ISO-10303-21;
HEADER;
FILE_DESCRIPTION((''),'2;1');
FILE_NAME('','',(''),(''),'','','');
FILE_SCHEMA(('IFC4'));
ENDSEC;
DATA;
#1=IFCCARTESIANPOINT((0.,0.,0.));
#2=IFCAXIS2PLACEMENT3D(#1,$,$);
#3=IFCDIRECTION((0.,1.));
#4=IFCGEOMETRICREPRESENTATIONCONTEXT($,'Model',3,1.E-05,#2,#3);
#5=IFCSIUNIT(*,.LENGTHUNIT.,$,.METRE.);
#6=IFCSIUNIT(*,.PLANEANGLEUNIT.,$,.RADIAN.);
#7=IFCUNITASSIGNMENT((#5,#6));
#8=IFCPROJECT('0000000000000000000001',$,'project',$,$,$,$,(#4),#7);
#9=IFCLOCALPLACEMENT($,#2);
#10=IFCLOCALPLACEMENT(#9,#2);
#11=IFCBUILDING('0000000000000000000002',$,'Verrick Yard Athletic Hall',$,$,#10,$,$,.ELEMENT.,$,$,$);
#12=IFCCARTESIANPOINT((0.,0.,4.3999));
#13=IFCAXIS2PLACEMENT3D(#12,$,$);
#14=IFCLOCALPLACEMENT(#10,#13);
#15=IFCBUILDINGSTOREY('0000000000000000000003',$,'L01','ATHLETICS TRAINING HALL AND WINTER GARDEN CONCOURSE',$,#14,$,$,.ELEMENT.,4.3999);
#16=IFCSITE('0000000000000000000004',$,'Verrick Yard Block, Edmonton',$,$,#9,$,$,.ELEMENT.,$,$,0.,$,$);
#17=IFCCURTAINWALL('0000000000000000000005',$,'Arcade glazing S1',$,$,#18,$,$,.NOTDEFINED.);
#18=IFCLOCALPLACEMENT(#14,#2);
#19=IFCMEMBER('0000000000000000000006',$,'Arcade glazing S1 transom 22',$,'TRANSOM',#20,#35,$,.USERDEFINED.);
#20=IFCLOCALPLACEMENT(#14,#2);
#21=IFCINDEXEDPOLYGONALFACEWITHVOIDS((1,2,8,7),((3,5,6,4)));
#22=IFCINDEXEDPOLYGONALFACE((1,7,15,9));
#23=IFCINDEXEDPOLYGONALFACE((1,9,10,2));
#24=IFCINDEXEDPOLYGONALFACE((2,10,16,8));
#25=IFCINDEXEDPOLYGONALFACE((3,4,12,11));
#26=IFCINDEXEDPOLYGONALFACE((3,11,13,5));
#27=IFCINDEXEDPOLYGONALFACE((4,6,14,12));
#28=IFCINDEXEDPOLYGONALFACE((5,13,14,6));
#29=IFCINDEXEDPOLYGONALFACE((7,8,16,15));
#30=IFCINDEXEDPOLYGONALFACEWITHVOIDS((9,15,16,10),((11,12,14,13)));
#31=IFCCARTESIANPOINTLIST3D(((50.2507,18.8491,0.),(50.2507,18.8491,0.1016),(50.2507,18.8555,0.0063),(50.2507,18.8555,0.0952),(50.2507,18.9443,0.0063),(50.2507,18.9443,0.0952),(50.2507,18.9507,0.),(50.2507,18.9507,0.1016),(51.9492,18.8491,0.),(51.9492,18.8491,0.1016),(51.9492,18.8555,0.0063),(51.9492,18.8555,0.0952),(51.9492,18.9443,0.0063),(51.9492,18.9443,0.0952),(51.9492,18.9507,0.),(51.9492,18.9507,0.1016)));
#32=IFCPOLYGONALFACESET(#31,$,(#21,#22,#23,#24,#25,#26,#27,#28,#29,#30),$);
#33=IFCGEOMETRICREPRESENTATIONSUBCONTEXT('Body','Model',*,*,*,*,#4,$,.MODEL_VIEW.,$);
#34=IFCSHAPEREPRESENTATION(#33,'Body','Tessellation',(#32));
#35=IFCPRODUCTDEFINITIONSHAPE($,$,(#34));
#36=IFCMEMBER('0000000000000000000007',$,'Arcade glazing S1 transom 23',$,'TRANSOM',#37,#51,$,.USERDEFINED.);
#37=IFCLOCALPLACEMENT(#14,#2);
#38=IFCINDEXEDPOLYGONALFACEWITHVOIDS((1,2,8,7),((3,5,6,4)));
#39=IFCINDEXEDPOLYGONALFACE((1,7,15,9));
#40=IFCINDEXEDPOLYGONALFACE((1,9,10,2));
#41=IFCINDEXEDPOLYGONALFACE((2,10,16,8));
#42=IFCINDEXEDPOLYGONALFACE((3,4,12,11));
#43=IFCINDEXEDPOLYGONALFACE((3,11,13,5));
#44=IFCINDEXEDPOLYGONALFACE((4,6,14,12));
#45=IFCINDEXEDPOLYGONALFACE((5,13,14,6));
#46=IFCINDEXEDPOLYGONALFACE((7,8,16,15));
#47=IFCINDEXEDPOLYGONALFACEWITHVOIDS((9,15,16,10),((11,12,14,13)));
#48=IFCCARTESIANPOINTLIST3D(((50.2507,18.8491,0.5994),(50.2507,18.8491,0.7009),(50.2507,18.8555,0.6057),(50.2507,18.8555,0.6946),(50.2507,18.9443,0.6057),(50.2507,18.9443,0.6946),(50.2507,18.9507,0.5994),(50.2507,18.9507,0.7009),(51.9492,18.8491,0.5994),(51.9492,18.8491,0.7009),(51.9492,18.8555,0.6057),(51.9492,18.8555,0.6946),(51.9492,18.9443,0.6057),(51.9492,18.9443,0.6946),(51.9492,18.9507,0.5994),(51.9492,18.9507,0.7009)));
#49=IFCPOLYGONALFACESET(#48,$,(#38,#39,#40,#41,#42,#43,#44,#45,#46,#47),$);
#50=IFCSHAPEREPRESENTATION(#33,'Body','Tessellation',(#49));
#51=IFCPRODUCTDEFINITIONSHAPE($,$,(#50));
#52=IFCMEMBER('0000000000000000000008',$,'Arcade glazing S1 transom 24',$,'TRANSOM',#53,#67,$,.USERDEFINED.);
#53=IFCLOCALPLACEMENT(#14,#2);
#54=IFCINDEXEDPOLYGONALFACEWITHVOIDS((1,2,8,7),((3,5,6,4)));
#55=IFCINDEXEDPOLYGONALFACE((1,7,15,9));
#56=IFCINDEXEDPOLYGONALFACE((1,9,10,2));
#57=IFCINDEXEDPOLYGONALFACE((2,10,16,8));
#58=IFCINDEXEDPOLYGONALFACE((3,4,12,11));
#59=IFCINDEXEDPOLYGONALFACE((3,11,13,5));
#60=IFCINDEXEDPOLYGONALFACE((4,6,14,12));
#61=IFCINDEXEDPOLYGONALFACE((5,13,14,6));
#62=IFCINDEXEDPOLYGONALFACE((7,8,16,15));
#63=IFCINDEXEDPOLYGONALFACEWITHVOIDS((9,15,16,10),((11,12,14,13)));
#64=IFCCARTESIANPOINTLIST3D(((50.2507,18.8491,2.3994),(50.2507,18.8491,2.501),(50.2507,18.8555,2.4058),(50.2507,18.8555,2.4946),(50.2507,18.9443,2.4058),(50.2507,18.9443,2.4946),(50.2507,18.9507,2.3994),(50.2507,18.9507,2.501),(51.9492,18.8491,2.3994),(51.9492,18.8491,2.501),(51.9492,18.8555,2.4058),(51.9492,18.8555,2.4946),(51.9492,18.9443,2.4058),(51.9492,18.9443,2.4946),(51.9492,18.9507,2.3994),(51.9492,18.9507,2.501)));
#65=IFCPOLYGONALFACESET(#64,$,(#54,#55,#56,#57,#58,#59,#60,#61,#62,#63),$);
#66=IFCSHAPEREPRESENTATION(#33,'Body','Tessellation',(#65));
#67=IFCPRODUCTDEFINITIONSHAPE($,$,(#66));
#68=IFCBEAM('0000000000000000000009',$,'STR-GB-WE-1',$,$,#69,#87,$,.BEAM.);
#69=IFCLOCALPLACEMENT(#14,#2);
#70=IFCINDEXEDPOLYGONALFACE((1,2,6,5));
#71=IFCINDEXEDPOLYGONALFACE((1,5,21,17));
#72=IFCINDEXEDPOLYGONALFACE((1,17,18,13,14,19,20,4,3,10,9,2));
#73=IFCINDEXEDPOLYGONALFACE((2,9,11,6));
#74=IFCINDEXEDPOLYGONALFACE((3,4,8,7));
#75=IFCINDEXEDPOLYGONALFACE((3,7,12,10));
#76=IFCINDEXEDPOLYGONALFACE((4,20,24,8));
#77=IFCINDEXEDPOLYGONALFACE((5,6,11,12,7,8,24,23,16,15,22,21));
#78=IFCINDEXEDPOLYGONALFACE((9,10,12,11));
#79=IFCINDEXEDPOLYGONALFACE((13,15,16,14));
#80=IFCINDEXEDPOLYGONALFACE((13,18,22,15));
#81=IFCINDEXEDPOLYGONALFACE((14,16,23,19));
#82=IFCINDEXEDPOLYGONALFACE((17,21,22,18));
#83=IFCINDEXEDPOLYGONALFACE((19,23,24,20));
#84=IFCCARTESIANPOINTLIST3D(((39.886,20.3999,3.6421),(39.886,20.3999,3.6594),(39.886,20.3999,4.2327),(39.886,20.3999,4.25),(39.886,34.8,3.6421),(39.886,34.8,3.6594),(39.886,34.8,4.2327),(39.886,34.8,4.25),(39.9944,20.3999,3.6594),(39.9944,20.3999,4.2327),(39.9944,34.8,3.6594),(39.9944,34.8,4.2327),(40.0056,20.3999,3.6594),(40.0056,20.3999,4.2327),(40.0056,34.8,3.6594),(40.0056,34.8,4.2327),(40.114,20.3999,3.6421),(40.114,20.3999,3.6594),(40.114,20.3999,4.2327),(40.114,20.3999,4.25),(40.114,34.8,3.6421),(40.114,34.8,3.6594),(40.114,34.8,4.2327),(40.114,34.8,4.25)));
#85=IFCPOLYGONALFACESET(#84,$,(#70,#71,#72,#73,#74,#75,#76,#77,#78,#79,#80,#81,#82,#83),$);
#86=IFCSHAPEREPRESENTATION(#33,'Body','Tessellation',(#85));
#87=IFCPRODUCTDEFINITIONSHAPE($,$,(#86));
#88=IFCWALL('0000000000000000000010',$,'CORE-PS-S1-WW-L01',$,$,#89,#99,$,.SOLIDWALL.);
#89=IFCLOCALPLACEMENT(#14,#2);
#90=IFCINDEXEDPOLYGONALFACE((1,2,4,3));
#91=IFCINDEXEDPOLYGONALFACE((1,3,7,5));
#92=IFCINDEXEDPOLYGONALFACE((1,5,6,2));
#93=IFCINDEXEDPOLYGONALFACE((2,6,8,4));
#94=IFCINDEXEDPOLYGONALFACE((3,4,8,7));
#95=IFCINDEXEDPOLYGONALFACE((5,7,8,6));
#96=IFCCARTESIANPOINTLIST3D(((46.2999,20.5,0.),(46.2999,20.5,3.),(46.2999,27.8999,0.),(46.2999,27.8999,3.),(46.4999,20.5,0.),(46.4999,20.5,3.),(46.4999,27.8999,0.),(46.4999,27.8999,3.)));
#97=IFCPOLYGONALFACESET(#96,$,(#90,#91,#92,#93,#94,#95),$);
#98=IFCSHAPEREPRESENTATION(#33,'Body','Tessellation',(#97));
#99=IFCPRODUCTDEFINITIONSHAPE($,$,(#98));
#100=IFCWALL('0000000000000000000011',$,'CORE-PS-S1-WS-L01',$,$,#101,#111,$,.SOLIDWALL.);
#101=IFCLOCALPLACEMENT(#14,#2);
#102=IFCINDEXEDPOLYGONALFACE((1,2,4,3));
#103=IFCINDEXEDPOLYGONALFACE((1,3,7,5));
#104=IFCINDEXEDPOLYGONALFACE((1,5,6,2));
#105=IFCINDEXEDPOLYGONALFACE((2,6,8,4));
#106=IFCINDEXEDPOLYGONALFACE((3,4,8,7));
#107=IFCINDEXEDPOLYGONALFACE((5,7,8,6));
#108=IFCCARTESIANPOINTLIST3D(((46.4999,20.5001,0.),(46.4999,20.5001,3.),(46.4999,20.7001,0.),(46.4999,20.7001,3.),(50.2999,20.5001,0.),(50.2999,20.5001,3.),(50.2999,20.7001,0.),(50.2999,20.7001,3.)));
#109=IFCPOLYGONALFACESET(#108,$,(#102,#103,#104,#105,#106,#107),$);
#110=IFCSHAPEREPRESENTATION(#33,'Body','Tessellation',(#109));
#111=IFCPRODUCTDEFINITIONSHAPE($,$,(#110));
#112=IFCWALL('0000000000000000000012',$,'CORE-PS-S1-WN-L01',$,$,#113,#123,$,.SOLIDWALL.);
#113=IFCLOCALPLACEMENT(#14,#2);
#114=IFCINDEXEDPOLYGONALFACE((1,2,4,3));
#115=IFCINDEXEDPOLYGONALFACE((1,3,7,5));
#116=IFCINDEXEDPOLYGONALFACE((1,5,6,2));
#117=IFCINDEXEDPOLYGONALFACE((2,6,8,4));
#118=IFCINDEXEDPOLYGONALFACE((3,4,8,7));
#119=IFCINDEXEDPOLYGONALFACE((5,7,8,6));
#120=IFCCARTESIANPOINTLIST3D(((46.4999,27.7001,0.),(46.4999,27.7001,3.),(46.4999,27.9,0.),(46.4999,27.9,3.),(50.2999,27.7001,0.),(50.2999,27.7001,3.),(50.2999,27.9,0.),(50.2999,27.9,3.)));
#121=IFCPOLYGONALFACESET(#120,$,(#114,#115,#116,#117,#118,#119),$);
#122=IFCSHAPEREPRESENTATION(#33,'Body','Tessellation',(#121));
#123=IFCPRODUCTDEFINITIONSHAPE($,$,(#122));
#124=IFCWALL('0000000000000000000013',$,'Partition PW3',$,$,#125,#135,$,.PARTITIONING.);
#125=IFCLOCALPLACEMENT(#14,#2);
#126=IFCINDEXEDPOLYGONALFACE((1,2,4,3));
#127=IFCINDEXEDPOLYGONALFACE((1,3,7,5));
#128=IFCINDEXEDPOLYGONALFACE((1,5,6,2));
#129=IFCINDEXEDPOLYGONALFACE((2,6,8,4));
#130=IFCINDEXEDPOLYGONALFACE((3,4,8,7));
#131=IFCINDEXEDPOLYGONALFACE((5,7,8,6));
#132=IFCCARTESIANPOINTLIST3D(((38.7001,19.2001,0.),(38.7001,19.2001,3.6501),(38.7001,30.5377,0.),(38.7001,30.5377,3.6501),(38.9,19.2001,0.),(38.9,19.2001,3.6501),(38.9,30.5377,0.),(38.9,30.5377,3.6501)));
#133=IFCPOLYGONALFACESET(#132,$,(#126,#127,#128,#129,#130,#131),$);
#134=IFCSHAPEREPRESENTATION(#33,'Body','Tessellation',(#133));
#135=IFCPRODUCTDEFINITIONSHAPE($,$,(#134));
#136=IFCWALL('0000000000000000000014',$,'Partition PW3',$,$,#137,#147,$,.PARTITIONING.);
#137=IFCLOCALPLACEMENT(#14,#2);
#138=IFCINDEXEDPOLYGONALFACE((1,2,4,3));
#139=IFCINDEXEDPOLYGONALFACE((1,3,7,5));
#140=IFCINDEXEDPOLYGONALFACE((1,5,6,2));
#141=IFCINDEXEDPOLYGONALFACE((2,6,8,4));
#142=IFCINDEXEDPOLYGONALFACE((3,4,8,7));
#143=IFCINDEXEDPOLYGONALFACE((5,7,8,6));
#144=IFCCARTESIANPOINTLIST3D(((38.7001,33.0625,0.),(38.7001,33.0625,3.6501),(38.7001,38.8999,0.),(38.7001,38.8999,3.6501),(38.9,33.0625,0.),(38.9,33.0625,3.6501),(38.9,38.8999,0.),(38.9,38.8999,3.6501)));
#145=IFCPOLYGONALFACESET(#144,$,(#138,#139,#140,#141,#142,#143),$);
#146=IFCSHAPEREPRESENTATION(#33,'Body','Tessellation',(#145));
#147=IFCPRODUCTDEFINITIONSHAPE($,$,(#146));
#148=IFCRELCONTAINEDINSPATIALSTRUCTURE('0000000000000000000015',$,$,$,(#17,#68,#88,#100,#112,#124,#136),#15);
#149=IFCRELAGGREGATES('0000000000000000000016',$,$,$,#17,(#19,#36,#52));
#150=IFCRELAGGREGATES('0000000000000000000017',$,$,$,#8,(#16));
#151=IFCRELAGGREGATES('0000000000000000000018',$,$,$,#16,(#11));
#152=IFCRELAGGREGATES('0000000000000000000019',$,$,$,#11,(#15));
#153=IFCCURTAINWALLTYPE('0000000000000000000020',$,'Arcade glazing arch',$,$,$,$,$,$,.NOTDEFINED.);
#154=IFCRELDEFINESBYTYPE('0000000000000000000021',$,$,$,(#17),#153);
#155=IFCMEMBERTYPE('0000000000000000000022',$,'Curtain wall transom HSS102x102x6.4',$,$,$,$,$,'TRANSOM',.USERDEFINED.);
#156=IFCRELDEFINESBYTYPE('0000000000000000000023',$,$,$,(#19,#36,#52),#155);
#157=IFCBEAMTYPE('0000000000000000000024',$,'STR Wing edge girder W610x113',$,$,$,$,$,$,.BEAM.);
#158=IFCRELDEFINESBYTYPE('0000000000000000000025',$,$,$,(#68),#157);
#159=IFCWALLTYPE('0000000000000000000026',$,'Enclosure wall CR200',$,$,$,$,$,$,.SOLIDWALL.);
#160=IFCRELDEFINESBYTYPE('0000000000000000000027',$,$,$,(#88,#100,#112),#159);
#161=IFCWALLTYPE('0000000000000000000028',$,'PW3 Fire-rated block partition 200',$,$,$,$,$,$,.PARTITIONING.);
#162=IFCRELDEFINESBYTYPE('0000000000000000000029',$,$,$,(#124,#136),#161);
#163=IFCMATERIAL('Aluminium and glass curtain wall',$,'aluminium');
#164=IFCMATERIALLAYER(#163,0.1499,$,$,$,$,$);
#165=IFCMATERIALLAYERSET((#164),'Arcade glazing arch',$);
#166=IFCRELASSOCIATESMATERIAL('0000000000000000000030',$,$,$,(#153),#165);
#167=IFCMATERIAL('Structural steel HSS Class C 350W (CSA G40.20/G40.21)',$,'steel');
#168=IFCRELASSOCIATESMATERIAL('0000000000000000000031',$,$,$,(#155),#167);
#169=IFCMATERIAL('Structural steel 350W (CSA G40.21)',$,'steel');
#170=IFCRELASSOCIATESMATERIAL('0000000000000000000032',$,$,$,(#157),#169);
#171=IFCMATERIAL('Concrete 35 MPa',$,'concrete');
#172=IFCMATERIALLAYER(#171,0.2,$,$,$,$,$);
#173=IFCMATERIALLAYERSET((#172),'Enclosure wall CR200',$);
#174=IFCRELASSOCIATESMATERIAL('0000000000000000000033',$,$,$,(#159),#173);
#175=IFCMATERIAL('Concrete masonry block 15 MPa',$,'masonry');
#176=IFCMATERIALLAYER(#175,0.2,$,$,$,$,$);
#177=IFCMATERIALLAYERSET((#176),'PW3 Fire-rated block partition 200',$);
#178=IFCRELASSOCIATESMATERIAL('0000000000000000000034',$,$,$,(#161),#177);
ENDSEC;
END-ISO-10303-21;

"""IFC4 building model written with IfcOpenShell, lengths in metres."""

from ifc_helpers import new_model, si_unit, direction, frame, frame_2d, origin, origin_2d, place, context, subcontext, project, spatial, rectangle, hollow_rectangle, i_section, extrude, material, layer, layer_set, material_profile, profile_set, type_object, element, aggregate, save


model = new_model("IFC4")

# Units and contexts
model_context = context("Model", 3, precision=1e-05, world=origin(), true_north=direction((0.0, 1.0)))
body_context = subcontext(model_context, "Body", "Model", "MODEL_VIEW")
ifc_project = project(units=[si_unit("LENGTHUNIT", "METRE"), si_unit("PLANEANGLEUNIT", "RADIAN")], contexts=[model_context])

# Site, building, storey
site_placement = place(None, origin())
site = spatial("IfcSite", under=ifc_project, at=site_placement, Name="Verrick Yard Block, Edmonton", CompositionType="ELEMENT", RefElevation=0.0)
building_placement = place(site_placement, origin())
building = spatial("IfcBuilding", under=site, at=building_placement, Name="Verrick Yard Athletic Hall", CompositionType="ELEMENT")
storey_placement = place(building_placement, frame((0.0, 0.0, 4.3999)))
storey = spatial("IfcBuildingStorey", under=building, at=storey_placement, Name="L01", Description="ATHLETICS TRAINING HALL AND WINTER GARDEN CONCOURSE", CompositionType="ELEMENT", Elevation=4.3999)

# Shared definitions
ifc_material_1 = material(Name="Concrete 35 MPa", Category="concrete")

# Curtain wall, members
ifc_material_2 = material(Name="Aluminium and glass curtain wall", Category="aluminium")
ifc_layer_1 = layer(ifc_material_2, 0.1499)
ifc_layer_set_1 = layer_set([ifc_layer_1], Name="Arcade glazing arch")
curtain_wall_type_1 = type_object("IfcCurtainWallType", Name="Arcade glazing arch", PredefinedType="NOTDEFINED", material=ifc_layer_set_1)
curtain_wall_1_placement = place(storey_placement, origin())
curtain_wall_1 = element("IfcCurtainWall", 1, at=curtain_wall_1_placement, inside=storey, type_object=curtain_wall_type_1, Name="Arcade glazing S1", PredefinedType="NOTDEFINED")
ifc_material_3 = material(Name="Structural steel HSS Class C 350W (CSA G40.20/G40.21)", Category="steel")
ifc_material_profile_1 = material_profile(ifc_material_3, hollow_rectangle(XDim=0.1016, YDim=0.1016, WallThickness=0.0063, at=origin_2d()), Name="HSS102x102x6.4")
ifc_profile_set_1 = profile_set([ifc_material_profile_1], Name="Structural steel HSS Class C 350W (CSA G40.20/G40.21)")
member_type_1 = type_object("IfcMemberType", Name="Curtain wall transom HSS102x102x6.4", ElementType="TRANSOM", PredefinedType="USERDEFINED", material=ifc_profile_set_1)
member_1_placement = place(storey_placement, frame((50.2507, 18.8999, 0.0508), z_axis=(1.0, 0.0, 0.0), x_axis=(0.0, 1.0, 0.0)))
member_1 = element("IfcMember", 2, at=member_1_placement, type_object=member_type_1, Name="Arcade glazing S1 transom 22", ObjectType="TRANSOM", PredefinedType="USERDEFINED", context=body_context, shape_type="SweptSolid", body=[
    extrude(hollow_rectangle(XDim=0.1016, YDim=0.1016, WallThickness=0.0063, at=origin_2d()), origin(), (0.0, 0.0, 1.0), 1.6985),
])
member_2_placement = place(storey_placement, frame((50.2507, 18.8999, 0.6501), z_axis=(1.0, 0.0, 0.0), x_axis=(0.0, 1.0, 0.0)))
member_2 = element("IfcMember", 3, at=member_2_placement, type_object=member_type_1, Name="Arcade glazing S1 transom 23", ObjectType="TRANSOM", PredefinedType="USERDEFINED", context=body_context, shape_type="SweptSolid", body=[
    extrude(hollow_rectangle(XDim=0.1016, YDim=0.1016, WallThickness=0.0063, at=origin_2d()), origin(), (0.0, 0.0, 1.0), 1.6985),
])
member_3_placement = place(storey_placement, frame((50.2507, 18.8999, 2.4502), z_axis=(1.0, 0.0, 0.0), x_axis=(0.0, 1.0, 0.0)))
member_3 = element("IfcMember", 4, at=member_3_placement, type_object=member_type_1, Name="Arcade glazing S1 transom 24", ObjectType="TRANSOM", PredefinedType="USERDEFINED", context=body_context, shape_type="SweptSolid", body=[
    extrude(hollow_rectangle(XDim=0.1016, YDim=0.1016, WallThickness=0.0063, at=origin_2d()), origin(), (0.0, 0.0, 1.0), 1.6985),
])
aggregate(curtain_wall_1, [member_1, member_2, member_3])

# Beam
ifc_material_4 = material(Name="Structural steel 350W (CSA G40.21)", Category="steel")
ifc_material_profile_2 = material_profile(ifc_material_4, i_section(OverallWidth=0.228, OverallDepth=0.6079, WebThickness=0.0112, FlangeThickness=0.0173, at=origin_2d()), Name="W610x113")
ifc_profile_set_2 = profile_set([ifc_material_profile_2], Name="Structural steel 350W (CSA G40.21)")
beam_type = type_object("IfcBeamType", Name="STR Wing edge girder W610x113", PredefinedType="BEAM", material=ifc_profile_set_2)
beam_placement = place(storey_placement, frame((40.0, 20.3999, 3.946), z_axis=(0.0, 1.0, 0.0), x_axis=(-1.0, 0.0, 0.0)))
element("IfcBeam", 5, at=beam_placement, inside=storey, type_object=beam_type, Name="STR-GB-WE-1", PredefinedType="BEAM", context=body_context, shape_type="SweptSolid", body=[
    extrude(i_section(OverallWidth=0.228, OverallDepth=0.6079, WebThickness=0.0112, FlangeThickness=0.0173, at=origin_2d()), origin(), (0.0, 0.0, 1.0), 14.4001),
])

# Walls
ifc_layer_2 = layer(ifc_material_1, 0.2)
ifc_layer_set_2 = layer_set([ifc_layer_2], Name="Enclosure wall CR200")
wall_type_1 = type_object("IfcWallType", Name="Enclosure wall CR200", PredefinedType="SOLIDWALL", material=ifc_layer_set_2)
wall_1_placement = place(storey_placement, frame((46.3999, 20.5, 0.0), z_axis=(0.0, 0.0, 1.0), x_axis=(0.0, 1.0, 0.0)))
element("IfcWall", 6, at=wall_1_placement, inside=storey, type_object=wall_type_1, Name="CORE-PS-S1-WW-L01", PredefinedType="SOLIDWALL", context=body_context, shape_type="SweptSolid", body=[
    extrude(rectangle(XDim=7.3999, YDim=0.2, at=frame_2d((3.7, 0.0))), origin(), (0.0, 0.0, 1.0), 3.0),
])
for number, where, z_axis, x_axis, name in (
    (7, (46.5, 20.6001, 0.0), (0.0, 0.0, 1.0), (1.0, 0.0, 0.0), "CORE-PS-S1-WS-L01"),
    (8, (46.5, 27.8, 0.0), (0.0, 0.0, 1.0), (1.0, 0.0, 0.0), "CORE-PS-S1-WN-L01"),
):
    element("IfcWall", number, at=place(storey_placement, frame(where, z_axis=z_axis, x_axis=x_axis)), inside=storey, type_object=wall_type_1, Name=name, PredefinedType="SOLIDWALL", context=body_context, shape_type="SweptSolid", body=[
        extrude(rectangle(XDim=3.8, YDim=0.2, at=frame_2d((1.8999, 0.0))), origin(), (0.0, 0.0, 1.0), 3.0),
    ])
ifc_material_5 = material(Name="Concrete masonry block 15 MPa", Category="masonry")
ifc_layer_3 = layer(ifc_material_5, 0.2)
ifc_layer_set_3 = layer_set([ifc_layer_3], Name="PW3 Fire-rated block partition 200")
wall_type_2 = type_object("IfcWallType", Name="PW3 Fire-rated block partition 200", PredefinedType="PARTITIONING", material=ifc_layer_set_3)
wall_2_placement = place(storey_placement, frame((38.8, 19.2, 0.0), z_axis=(0.0, 0.0, 1.0), x_axis=(0.0, 1.0, 0.0)))
element("IfcWall", 9, at=wall_2_placement, inside=storey, type_object=wall_type_2, Name="Partition PW3", PredefinedType="PARTITIONING", context=body_context, shape_type="SweptSolid", body=[
    extrude(rectangle(XDim=11.3376, YDim=0.2, at=frame_2d((5.6689, 0.0))), origin(), (0.0, 0.0, 1.0), 3.6501),
])
wall_3_placement = place(storey_placement, frame((38.8, 33.0625, 0.0), z_axis=(0.0, 0.0, 1.0), x_axis=(0.0, 1.0, 0.0)))
element("IfcWall", 10, at=wall_3_placement, inside=storey, type_object=wall_type_2, Name="Partition PW3", PredefinedType="PARTITIONING", context=body_context, shape_type="SweptSolid", body=[
    extrude(rectangle(XDim=5.8374, YDim=0.2, at=frame_2d((2.9187, 0.0))), origin(), (0.0, 0.0, 1.0), 3.6501),
])

save(model, "model.ifc")
